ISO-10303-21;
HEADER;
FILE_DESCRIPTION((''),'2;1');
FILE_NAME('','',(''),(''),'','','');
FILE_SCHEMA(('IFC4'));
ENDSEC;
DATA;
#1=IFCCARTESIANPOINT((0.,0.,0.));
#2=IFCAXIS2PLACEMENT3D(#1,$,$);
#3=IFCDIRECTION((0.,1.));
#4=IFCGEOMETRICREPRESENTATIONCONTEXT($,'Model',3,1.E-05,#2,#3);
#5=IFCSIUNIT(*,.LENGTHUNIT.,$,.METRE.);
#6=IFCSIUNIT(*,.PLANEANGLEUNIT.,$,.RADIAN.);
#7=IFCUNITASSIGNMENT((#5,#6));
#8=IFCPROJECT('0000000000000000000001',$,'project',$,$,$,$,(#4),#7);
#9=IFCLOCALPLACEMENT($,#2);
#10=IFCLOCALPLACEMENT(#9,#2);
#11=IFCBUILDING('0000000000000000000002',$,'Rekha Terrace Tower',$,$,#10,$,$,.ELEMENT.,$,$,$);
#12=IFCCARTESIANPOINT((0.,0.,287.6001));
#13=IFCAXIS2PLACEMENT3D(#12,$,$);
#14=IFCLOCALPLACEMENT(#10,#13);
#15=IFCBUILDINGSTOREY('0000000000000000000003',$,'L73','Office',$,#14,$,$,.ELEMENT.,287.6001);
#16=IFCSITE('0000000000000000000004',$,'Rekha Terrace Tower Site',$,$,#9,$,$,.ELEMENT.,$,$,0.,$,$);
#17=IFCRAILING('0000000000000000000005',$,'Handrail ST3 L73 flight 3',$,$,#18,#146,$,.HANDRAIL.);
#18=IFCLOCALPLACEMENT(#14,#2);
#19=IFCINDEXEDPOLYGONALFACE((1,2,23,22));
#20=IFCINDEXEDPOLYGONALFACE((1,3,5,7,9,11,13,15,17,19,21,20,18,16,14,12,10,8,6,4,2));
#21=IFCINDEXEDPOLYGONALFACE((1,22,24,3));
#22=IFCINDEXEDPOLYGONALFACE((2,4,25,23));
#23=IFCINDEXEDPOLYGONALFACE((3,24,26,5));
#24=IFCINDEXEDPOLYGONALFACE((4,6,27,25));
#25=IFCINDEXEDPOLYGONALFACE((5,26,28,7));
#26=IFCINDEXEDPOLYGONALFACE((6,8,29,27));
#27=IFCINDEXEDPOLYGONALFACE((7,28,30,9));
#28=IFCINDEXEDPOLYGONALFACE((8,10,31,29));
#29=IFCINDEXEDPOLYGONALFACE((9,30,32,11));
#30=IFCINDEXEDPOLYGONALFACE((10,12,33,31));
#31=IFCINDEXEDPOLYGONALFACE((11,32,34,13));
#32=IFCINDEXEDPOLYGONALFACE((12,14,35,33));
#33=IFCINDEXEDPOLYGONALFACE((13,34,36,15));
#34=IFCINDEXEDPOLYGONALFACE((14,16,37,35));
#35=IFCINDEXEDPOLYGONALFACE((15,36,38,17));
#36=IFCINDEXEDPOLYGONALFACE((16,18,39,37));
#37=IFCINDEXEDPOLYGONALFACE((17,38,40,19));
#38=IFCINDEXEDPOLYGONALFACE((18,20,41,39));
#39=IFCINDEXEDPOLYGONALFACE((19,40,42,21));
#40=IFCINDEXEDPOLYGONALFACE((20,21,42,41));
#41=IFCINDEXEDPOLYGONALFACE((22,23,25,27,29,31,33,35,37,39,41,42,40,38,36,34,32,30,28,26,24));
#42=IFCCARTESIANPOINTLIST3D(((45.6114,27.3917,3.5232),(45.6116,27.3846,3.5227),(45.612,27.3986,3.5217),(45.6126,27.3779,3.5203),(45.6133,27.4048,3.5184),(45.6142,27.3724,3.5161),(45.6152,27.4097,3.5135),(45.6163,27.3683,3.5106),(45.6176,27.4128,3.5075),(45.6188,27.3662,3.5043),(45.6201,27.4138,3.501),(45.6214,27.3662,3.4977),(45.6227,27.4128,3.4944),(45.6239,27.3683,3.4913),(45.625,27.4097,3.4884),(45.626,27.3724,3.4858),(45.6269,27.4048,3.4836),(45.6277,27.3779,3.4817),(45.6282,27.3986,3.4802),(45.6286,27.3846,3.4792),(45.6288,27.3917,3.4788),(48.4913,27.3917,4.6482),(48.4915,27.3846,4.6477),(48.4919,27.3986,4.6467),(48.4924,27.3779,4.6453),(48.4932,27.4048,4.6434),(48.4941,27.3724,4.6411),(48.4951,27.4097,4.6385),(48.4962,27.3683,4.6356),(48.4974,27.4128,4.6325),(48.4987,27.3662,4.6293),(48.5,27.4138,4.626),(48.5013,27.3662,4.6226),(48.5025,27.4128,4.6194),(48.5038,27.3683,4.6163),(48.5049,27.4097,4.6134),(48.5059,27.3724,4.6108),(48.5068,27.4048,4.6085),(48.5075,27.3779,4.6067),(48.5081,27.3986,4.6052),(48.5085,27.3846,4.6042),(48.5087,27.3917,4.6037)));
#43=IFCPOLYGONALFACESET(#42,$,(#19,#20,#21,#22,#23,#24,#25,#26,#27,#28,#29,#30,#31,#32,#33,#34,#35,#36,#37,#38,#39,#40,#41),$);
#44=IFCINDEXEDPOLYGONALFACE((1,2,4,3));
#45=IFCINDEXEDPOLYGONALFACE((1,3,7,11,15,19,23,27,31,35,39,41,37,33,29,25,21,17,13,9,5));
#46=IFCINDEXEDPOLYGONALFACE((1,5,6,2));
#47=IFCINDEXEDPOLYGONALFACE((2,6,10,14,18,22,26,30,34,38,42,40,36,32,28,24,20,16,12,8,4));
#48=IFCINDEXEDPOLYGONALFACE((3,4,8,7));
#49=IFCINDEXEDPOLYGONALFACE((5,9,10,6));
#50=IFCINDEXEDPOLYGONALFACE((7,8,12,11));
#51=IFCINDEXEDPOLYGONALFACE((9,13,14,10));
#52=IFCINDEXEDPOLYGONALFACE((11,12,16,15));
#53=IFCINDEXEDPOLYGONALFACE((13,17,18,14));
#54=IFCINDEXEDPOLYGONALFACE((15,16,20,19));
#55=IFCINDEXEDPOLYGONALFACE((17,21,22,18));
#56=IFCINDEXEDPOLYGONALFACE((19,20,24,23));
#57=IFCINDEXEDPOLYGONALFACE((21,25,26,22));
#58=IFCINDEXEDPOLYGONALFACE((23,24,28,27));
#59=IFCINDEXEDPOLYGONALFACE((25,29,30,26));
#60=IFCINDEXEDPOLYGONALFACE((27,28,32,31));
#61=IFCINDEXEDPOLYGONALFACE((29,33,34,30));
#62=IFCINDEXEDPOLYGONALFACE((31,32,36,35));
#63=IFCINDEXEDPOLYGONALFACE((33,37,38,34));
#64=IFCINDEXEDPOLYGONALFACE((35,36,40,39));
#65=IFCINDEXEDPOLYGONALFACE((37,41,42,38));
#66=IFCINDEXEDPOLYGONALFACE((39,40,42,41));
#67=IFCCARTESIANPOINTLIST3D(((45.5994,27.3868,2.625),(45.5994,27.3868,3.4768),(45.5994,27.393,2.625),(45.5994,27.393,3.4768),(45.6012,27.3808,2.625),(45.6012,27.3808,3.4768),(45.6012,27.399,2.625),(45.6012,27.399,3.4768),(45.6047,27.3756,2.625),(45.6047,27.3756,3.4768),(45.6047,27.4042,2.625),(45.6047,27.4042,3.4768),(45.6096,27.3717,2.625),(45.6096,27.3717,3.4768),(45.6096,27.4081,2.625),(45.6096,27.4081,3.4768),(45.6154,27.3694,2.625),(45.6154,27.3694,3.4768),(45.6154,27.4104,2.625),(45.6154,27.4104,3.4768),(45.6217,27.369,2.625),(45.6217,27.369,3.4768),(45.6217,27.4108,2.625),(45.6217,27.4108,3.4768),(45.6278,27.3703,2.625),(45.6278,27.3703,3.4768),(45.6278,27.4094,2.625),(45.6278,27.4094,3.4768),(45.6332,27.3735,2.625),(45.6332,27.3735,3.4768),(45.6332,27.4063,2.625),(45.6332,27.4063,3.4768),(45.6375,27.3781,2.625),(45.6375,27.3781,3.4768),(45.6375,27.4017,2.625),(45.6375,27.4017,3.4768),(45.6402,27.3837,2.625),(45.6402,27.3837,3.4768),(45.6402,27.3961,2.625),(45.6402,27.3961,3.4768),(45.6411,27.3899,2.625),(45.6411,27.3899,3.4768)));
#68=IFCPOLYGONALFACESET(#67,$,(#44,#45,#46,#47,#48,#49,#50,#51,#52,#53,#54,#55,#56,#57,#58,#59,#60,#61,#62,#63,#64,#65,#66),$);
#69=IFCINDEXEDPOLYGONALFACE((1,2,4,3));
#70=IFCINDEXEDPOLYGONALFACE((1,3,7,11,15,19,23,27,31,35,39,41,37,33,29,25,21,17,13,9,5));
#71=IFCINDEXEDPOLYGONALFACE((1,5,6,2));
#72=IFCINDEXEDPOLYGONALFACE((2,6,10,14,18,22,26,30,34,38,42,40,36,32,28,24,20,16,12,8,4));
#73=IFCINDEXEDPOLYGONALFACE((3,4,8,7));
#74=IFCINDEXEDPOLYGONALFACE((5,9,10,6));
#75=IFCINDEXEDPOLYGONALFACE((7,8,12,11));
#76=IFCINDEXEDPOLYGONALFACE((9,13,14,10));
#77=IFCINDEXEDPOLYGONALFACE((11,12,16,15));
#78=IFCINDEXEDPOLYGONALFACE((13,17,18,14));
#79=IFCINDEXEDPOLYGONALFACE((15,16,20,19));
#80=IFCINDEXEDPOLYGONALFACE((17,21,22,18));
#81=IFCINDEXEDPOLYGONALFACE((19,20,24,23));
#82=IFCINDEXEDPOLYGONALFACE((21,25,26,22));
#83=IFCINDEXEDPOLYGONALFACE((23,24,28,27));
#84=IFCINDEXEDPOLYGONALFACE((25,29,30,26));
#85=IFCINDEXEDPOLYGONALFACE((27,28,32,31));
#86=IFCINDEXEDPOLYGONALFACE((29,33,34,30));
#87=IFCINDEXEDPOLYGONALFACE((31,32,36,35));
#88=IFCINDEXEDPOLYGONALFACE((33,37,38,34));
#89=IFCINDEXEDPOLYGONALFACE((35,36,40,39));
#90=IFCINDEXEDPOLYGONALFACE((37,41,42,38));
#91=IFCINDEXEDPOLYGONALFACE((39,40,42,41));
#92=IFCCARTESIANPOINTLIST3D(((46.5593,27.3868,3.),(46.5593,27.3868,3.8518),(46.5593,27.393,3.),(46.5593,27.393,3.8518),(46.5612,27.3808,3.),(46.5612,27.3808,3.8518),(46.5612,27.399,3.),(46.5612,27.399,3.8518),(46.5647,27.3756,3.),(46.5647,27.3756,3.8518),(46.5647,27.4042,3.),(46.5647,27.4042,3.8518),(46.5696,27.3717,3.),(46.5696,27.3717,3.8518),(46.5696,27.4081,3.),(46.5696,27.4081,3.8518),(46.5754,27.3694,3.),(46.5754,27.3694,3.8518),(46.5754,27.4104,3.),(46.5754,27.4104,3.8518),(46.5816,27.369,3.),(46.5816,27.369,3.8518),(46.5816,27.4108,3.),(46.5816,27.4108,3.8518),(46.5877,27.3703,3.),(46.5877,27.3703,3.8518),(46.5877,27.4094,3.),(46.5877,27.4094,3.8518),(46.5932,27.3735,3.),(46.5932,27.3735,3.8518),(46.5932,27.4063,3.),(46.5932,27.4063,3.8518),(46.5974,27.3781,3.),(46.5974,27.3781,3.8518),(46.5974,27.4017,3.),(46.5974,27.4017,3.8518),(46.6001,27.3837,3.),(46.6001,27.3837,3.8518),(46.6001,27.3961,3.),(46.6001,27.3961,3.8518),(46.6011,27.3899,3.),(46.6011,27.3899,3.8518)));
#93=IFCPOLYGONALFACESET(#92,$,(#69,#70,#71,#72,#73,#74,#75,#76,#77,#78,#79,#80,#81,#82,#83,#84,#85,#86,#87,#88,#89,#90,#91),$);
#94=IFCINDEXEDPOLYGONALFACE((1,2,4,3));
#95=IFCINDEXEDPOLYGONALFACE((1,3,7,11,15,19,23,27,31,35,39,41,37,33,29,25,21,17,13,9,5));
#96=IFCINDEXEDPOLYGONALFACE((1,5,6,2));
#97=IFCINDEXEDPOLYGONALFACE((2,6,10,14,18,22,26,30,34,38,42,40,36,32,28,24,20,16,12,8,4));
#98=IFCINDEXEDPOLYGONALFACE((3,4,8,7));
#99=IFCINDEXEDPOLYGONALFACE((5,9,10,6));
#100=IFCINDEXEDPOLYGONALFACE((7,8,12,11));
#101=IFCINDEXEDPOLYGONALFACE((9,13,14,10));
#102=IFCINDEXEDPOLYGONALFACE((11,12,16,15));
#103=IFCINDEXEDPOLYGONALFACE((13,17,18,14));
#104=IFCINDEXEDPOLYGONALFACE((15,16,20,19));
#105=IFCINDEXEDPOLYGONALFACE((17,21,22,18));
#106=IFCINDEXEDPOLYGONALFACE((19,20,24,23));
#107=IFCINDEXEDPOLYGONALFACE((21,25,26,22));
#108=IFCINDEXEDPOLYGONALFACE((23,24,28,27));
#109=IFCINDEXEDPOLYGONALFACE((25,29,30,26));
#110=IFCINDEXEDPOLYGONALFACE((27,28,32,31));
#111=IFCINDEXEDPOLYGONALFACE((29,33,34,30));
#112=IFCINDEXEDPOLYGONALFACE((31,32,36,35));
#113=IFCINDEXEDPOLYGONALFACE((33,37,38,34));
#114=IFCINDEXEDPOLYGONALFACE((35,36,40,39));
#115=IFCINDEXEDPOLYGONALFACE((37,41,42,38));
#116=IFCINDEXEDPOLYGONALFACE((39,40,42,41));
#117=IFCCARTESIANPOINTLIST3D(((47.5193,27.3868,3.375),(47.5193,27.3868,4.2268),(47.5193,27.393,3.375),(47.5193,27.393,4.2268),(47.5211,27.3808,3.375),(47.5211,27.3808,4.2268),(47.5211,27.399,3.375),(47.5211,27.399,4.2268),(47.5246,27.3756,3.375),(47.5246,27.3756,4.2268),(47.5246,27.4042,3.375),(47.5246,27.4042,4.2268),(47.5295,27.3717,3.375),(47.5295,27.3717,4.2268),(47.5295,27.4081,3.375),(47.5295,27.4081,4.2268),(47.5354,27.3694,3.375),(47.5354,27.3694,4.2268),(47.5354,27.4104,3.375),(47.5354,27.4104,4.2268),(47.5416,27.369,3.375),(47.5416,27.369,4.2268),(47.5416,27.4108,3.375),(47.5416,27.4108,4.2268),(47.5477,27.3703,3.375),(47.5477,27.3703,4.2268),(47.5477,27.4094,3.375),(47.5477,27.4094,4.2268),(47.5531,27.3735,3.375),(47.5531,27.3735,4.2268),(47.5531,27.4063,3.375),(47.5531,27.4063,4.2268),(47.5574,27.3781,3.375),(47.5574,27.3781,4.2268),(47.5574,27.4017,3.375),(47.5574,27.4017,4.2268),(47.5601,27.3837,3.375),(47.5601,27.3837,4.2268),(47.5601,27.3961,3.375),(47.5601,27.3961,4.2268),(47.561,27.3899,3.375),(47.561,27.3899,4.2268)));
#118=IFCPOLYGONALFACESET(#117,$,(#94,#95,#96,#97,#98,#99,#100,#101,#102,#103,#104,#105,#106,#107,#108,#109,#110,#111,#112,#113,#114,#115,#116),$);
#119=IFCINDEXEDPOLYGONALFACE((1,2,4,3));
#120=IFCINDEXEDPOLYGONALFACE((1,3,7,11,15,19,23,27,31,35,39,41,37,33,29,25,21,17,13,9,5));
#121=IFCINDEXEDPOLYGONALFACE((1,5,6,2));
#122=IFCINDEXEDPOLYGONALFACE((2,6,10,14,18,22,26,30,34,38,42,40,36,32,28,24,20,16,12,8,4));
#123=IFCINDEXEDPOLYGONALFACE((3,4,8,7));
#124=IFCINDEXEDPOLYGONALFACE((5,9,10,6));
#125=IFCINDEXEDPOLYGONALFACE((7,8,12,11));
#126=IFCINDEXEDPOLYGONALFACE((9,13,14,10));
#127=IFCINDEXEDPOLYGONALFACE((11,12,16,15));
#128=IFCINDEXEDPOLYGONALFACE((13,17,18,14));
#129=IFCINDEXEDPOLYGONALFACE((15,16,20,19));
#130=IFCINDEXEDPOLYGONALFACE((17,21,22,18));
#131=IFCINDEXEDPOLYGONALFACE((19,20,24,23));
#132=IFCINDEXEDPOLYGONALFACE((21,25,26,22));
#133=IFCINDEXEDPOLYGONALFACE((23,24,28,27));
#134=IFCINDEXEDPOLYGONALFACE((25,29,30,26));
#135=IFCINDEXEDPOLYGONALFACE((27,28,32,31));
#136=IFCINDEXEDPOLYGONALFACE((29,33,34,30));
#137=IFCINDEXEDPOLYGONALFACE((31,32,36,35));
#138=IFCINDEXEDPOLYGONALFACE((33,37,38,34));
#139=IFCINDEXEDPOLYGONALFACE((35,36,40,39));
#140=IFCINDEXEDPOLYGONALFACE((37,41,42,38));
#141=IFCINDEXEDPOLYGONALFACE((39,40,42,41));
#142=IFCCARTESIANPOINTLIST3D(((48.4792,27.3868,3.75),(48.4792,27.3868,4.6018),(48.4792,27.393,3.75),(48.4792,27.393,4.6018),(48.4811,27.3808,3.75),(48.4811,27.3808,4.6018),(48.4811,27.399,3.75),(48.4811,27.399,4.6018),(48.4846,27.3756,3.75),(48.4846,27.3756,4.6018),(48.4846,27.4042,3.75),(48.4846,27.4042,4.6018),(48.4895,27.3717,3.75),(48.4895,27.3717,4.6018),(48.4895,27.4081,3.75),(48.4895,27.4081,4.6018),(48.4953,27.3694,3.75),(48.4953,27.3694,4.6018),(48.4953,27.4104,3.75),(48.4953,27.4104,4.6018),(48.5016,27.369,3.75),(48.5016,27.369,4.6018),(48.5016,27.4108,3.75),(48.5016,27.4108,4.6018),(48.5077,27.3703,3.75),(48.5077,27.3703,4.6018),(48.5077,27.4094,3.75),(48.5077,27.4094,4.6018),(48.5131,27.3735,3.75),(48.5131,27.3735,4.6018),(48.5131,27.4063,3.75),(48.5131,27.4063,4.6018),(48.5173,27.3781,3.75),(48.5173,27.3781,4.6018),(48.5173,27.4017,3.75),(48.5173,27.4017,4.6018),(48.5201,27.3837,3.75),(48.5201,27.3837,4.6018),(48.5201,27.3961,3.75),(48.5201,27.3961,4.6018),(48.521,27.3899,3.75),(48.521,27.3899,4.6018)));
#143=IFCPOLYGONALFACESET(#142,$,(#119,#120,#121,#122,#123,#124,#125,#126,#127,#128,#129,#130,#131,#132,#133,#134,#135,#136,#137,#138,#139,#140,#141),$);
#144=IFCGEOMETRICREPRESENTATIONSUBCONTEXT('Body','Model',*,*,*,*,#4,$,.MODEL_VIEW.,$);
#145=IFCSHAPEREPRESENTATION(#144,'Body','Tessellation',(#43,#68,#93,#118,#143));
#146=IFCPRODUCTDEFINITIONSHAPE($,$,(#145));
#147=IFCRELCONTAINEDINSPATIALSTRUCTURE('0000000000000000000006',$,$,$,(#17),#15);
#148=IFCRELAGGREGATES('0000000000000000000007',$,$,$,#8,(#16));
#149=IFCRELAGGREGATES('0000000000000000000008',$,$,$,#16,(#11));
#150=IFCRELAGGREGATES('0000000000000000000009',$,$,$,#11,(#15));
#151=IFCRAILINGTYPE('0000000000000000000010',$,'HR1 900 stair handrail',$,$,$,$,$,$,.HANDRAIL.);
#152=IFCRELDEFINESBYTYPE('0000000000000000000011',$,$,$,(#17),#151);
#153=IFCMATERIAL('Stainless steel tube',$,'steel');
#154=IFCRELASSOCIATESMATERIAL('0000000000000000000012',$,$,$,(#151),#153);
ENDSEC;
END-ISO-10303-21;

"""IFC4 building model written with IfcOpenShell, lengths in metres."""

from ifc_helpers import new_model, si_unit, direction, frame, origin, origin_2d, place, context, subcontext, project, spatial, circle, extrude, material, type_object, element, save


model = new_model("IFC4")

# Units and contexts
model_context = context("Model", 3, precision=1e-05, world=origin(), true_north=direction((0.0, 1.0)))
body_context = subcontext(model_context, "Body", "Model", "MODEL_VIEW")
ifc_project = project(units=[si_unit("LENGTHUNIT", "METRE"), si_unit("PLANEANGLEUNIT", "RADIAN")], contexts=[model_context])

# Site, building, storey
site_placement = place(None, origin())
site = spatial("IfcSite", under=ifc_project, at=site_placement, Name="Rekha Terrace Tower Site", CompositionType="ELEMENT", RefElevation=0.0)
building_placement = place(site_placement, origin())
building = spatial("IfcBuilding", under=site, at=building_placement, Name="Rekha Terrace Tower", CompositionType="ELEMENT")
storey_placement = place(building_placement, frame((0.0, 0.0, 287.6001)))
storey = spatial("IfcBuildingStorey", under=building, at=storey_placement, Name="L73", Description="Office", CompositionType="ELEMENT", Elevation=287.6001)

# Railing
ifc_material_1 = material(Name="Stainless steel tube", Category="steel")
railing_type_1 = type_object("IfcRailingType", Name="HR1 900 stair handrail", PredefinedType="HANDRAIL", material=ifc_material_1)
railing_1_placement = place(storey_placement, frame((45.6201, 27.3899, 2.625)))
element("IfcRailing", 1, at=railing_1_placement, inside=storey, type_object=railing_type_1, Name="Handrail ST3 L73 flight 3", PredefinedType="HANDRAIL", context=body_context, shape_type="SweptSolid", body=[
    extrude(circle(Radius=0.0239, at=origin_2d()), frame((0.0, 0.0, 0.876), z_axis=(0.931452, 0.0, 0.363863), x_axis=(0.0, 1.0, 0.0)), (0.0, 0.0, 1.0), 3.0918),
    extrude(circle(Radius=0.021, at=origin_2d()), origin(), (0.0, 0.0, 1.0), 0.8518),
    extrude(circle(Radius=0.021, at=origin_2d()), frame((0.96, 0.0, 0.375)), (0.0, 0.0, 1.0), 0.8518),
    extrude(circle(Radius=0.021, at=origin_2d()), frame((1.9199, 0.0, 0.75)), (0.0, 0.0, 1.0), 0.8518),
    extrude(circle(Radius=0.021, at=origin_2d()), frame((2.8799, 0.0, 1.125)), (0.0, 0.0, 1.0), 0.8518),
])

save(model, "model.ifc")
